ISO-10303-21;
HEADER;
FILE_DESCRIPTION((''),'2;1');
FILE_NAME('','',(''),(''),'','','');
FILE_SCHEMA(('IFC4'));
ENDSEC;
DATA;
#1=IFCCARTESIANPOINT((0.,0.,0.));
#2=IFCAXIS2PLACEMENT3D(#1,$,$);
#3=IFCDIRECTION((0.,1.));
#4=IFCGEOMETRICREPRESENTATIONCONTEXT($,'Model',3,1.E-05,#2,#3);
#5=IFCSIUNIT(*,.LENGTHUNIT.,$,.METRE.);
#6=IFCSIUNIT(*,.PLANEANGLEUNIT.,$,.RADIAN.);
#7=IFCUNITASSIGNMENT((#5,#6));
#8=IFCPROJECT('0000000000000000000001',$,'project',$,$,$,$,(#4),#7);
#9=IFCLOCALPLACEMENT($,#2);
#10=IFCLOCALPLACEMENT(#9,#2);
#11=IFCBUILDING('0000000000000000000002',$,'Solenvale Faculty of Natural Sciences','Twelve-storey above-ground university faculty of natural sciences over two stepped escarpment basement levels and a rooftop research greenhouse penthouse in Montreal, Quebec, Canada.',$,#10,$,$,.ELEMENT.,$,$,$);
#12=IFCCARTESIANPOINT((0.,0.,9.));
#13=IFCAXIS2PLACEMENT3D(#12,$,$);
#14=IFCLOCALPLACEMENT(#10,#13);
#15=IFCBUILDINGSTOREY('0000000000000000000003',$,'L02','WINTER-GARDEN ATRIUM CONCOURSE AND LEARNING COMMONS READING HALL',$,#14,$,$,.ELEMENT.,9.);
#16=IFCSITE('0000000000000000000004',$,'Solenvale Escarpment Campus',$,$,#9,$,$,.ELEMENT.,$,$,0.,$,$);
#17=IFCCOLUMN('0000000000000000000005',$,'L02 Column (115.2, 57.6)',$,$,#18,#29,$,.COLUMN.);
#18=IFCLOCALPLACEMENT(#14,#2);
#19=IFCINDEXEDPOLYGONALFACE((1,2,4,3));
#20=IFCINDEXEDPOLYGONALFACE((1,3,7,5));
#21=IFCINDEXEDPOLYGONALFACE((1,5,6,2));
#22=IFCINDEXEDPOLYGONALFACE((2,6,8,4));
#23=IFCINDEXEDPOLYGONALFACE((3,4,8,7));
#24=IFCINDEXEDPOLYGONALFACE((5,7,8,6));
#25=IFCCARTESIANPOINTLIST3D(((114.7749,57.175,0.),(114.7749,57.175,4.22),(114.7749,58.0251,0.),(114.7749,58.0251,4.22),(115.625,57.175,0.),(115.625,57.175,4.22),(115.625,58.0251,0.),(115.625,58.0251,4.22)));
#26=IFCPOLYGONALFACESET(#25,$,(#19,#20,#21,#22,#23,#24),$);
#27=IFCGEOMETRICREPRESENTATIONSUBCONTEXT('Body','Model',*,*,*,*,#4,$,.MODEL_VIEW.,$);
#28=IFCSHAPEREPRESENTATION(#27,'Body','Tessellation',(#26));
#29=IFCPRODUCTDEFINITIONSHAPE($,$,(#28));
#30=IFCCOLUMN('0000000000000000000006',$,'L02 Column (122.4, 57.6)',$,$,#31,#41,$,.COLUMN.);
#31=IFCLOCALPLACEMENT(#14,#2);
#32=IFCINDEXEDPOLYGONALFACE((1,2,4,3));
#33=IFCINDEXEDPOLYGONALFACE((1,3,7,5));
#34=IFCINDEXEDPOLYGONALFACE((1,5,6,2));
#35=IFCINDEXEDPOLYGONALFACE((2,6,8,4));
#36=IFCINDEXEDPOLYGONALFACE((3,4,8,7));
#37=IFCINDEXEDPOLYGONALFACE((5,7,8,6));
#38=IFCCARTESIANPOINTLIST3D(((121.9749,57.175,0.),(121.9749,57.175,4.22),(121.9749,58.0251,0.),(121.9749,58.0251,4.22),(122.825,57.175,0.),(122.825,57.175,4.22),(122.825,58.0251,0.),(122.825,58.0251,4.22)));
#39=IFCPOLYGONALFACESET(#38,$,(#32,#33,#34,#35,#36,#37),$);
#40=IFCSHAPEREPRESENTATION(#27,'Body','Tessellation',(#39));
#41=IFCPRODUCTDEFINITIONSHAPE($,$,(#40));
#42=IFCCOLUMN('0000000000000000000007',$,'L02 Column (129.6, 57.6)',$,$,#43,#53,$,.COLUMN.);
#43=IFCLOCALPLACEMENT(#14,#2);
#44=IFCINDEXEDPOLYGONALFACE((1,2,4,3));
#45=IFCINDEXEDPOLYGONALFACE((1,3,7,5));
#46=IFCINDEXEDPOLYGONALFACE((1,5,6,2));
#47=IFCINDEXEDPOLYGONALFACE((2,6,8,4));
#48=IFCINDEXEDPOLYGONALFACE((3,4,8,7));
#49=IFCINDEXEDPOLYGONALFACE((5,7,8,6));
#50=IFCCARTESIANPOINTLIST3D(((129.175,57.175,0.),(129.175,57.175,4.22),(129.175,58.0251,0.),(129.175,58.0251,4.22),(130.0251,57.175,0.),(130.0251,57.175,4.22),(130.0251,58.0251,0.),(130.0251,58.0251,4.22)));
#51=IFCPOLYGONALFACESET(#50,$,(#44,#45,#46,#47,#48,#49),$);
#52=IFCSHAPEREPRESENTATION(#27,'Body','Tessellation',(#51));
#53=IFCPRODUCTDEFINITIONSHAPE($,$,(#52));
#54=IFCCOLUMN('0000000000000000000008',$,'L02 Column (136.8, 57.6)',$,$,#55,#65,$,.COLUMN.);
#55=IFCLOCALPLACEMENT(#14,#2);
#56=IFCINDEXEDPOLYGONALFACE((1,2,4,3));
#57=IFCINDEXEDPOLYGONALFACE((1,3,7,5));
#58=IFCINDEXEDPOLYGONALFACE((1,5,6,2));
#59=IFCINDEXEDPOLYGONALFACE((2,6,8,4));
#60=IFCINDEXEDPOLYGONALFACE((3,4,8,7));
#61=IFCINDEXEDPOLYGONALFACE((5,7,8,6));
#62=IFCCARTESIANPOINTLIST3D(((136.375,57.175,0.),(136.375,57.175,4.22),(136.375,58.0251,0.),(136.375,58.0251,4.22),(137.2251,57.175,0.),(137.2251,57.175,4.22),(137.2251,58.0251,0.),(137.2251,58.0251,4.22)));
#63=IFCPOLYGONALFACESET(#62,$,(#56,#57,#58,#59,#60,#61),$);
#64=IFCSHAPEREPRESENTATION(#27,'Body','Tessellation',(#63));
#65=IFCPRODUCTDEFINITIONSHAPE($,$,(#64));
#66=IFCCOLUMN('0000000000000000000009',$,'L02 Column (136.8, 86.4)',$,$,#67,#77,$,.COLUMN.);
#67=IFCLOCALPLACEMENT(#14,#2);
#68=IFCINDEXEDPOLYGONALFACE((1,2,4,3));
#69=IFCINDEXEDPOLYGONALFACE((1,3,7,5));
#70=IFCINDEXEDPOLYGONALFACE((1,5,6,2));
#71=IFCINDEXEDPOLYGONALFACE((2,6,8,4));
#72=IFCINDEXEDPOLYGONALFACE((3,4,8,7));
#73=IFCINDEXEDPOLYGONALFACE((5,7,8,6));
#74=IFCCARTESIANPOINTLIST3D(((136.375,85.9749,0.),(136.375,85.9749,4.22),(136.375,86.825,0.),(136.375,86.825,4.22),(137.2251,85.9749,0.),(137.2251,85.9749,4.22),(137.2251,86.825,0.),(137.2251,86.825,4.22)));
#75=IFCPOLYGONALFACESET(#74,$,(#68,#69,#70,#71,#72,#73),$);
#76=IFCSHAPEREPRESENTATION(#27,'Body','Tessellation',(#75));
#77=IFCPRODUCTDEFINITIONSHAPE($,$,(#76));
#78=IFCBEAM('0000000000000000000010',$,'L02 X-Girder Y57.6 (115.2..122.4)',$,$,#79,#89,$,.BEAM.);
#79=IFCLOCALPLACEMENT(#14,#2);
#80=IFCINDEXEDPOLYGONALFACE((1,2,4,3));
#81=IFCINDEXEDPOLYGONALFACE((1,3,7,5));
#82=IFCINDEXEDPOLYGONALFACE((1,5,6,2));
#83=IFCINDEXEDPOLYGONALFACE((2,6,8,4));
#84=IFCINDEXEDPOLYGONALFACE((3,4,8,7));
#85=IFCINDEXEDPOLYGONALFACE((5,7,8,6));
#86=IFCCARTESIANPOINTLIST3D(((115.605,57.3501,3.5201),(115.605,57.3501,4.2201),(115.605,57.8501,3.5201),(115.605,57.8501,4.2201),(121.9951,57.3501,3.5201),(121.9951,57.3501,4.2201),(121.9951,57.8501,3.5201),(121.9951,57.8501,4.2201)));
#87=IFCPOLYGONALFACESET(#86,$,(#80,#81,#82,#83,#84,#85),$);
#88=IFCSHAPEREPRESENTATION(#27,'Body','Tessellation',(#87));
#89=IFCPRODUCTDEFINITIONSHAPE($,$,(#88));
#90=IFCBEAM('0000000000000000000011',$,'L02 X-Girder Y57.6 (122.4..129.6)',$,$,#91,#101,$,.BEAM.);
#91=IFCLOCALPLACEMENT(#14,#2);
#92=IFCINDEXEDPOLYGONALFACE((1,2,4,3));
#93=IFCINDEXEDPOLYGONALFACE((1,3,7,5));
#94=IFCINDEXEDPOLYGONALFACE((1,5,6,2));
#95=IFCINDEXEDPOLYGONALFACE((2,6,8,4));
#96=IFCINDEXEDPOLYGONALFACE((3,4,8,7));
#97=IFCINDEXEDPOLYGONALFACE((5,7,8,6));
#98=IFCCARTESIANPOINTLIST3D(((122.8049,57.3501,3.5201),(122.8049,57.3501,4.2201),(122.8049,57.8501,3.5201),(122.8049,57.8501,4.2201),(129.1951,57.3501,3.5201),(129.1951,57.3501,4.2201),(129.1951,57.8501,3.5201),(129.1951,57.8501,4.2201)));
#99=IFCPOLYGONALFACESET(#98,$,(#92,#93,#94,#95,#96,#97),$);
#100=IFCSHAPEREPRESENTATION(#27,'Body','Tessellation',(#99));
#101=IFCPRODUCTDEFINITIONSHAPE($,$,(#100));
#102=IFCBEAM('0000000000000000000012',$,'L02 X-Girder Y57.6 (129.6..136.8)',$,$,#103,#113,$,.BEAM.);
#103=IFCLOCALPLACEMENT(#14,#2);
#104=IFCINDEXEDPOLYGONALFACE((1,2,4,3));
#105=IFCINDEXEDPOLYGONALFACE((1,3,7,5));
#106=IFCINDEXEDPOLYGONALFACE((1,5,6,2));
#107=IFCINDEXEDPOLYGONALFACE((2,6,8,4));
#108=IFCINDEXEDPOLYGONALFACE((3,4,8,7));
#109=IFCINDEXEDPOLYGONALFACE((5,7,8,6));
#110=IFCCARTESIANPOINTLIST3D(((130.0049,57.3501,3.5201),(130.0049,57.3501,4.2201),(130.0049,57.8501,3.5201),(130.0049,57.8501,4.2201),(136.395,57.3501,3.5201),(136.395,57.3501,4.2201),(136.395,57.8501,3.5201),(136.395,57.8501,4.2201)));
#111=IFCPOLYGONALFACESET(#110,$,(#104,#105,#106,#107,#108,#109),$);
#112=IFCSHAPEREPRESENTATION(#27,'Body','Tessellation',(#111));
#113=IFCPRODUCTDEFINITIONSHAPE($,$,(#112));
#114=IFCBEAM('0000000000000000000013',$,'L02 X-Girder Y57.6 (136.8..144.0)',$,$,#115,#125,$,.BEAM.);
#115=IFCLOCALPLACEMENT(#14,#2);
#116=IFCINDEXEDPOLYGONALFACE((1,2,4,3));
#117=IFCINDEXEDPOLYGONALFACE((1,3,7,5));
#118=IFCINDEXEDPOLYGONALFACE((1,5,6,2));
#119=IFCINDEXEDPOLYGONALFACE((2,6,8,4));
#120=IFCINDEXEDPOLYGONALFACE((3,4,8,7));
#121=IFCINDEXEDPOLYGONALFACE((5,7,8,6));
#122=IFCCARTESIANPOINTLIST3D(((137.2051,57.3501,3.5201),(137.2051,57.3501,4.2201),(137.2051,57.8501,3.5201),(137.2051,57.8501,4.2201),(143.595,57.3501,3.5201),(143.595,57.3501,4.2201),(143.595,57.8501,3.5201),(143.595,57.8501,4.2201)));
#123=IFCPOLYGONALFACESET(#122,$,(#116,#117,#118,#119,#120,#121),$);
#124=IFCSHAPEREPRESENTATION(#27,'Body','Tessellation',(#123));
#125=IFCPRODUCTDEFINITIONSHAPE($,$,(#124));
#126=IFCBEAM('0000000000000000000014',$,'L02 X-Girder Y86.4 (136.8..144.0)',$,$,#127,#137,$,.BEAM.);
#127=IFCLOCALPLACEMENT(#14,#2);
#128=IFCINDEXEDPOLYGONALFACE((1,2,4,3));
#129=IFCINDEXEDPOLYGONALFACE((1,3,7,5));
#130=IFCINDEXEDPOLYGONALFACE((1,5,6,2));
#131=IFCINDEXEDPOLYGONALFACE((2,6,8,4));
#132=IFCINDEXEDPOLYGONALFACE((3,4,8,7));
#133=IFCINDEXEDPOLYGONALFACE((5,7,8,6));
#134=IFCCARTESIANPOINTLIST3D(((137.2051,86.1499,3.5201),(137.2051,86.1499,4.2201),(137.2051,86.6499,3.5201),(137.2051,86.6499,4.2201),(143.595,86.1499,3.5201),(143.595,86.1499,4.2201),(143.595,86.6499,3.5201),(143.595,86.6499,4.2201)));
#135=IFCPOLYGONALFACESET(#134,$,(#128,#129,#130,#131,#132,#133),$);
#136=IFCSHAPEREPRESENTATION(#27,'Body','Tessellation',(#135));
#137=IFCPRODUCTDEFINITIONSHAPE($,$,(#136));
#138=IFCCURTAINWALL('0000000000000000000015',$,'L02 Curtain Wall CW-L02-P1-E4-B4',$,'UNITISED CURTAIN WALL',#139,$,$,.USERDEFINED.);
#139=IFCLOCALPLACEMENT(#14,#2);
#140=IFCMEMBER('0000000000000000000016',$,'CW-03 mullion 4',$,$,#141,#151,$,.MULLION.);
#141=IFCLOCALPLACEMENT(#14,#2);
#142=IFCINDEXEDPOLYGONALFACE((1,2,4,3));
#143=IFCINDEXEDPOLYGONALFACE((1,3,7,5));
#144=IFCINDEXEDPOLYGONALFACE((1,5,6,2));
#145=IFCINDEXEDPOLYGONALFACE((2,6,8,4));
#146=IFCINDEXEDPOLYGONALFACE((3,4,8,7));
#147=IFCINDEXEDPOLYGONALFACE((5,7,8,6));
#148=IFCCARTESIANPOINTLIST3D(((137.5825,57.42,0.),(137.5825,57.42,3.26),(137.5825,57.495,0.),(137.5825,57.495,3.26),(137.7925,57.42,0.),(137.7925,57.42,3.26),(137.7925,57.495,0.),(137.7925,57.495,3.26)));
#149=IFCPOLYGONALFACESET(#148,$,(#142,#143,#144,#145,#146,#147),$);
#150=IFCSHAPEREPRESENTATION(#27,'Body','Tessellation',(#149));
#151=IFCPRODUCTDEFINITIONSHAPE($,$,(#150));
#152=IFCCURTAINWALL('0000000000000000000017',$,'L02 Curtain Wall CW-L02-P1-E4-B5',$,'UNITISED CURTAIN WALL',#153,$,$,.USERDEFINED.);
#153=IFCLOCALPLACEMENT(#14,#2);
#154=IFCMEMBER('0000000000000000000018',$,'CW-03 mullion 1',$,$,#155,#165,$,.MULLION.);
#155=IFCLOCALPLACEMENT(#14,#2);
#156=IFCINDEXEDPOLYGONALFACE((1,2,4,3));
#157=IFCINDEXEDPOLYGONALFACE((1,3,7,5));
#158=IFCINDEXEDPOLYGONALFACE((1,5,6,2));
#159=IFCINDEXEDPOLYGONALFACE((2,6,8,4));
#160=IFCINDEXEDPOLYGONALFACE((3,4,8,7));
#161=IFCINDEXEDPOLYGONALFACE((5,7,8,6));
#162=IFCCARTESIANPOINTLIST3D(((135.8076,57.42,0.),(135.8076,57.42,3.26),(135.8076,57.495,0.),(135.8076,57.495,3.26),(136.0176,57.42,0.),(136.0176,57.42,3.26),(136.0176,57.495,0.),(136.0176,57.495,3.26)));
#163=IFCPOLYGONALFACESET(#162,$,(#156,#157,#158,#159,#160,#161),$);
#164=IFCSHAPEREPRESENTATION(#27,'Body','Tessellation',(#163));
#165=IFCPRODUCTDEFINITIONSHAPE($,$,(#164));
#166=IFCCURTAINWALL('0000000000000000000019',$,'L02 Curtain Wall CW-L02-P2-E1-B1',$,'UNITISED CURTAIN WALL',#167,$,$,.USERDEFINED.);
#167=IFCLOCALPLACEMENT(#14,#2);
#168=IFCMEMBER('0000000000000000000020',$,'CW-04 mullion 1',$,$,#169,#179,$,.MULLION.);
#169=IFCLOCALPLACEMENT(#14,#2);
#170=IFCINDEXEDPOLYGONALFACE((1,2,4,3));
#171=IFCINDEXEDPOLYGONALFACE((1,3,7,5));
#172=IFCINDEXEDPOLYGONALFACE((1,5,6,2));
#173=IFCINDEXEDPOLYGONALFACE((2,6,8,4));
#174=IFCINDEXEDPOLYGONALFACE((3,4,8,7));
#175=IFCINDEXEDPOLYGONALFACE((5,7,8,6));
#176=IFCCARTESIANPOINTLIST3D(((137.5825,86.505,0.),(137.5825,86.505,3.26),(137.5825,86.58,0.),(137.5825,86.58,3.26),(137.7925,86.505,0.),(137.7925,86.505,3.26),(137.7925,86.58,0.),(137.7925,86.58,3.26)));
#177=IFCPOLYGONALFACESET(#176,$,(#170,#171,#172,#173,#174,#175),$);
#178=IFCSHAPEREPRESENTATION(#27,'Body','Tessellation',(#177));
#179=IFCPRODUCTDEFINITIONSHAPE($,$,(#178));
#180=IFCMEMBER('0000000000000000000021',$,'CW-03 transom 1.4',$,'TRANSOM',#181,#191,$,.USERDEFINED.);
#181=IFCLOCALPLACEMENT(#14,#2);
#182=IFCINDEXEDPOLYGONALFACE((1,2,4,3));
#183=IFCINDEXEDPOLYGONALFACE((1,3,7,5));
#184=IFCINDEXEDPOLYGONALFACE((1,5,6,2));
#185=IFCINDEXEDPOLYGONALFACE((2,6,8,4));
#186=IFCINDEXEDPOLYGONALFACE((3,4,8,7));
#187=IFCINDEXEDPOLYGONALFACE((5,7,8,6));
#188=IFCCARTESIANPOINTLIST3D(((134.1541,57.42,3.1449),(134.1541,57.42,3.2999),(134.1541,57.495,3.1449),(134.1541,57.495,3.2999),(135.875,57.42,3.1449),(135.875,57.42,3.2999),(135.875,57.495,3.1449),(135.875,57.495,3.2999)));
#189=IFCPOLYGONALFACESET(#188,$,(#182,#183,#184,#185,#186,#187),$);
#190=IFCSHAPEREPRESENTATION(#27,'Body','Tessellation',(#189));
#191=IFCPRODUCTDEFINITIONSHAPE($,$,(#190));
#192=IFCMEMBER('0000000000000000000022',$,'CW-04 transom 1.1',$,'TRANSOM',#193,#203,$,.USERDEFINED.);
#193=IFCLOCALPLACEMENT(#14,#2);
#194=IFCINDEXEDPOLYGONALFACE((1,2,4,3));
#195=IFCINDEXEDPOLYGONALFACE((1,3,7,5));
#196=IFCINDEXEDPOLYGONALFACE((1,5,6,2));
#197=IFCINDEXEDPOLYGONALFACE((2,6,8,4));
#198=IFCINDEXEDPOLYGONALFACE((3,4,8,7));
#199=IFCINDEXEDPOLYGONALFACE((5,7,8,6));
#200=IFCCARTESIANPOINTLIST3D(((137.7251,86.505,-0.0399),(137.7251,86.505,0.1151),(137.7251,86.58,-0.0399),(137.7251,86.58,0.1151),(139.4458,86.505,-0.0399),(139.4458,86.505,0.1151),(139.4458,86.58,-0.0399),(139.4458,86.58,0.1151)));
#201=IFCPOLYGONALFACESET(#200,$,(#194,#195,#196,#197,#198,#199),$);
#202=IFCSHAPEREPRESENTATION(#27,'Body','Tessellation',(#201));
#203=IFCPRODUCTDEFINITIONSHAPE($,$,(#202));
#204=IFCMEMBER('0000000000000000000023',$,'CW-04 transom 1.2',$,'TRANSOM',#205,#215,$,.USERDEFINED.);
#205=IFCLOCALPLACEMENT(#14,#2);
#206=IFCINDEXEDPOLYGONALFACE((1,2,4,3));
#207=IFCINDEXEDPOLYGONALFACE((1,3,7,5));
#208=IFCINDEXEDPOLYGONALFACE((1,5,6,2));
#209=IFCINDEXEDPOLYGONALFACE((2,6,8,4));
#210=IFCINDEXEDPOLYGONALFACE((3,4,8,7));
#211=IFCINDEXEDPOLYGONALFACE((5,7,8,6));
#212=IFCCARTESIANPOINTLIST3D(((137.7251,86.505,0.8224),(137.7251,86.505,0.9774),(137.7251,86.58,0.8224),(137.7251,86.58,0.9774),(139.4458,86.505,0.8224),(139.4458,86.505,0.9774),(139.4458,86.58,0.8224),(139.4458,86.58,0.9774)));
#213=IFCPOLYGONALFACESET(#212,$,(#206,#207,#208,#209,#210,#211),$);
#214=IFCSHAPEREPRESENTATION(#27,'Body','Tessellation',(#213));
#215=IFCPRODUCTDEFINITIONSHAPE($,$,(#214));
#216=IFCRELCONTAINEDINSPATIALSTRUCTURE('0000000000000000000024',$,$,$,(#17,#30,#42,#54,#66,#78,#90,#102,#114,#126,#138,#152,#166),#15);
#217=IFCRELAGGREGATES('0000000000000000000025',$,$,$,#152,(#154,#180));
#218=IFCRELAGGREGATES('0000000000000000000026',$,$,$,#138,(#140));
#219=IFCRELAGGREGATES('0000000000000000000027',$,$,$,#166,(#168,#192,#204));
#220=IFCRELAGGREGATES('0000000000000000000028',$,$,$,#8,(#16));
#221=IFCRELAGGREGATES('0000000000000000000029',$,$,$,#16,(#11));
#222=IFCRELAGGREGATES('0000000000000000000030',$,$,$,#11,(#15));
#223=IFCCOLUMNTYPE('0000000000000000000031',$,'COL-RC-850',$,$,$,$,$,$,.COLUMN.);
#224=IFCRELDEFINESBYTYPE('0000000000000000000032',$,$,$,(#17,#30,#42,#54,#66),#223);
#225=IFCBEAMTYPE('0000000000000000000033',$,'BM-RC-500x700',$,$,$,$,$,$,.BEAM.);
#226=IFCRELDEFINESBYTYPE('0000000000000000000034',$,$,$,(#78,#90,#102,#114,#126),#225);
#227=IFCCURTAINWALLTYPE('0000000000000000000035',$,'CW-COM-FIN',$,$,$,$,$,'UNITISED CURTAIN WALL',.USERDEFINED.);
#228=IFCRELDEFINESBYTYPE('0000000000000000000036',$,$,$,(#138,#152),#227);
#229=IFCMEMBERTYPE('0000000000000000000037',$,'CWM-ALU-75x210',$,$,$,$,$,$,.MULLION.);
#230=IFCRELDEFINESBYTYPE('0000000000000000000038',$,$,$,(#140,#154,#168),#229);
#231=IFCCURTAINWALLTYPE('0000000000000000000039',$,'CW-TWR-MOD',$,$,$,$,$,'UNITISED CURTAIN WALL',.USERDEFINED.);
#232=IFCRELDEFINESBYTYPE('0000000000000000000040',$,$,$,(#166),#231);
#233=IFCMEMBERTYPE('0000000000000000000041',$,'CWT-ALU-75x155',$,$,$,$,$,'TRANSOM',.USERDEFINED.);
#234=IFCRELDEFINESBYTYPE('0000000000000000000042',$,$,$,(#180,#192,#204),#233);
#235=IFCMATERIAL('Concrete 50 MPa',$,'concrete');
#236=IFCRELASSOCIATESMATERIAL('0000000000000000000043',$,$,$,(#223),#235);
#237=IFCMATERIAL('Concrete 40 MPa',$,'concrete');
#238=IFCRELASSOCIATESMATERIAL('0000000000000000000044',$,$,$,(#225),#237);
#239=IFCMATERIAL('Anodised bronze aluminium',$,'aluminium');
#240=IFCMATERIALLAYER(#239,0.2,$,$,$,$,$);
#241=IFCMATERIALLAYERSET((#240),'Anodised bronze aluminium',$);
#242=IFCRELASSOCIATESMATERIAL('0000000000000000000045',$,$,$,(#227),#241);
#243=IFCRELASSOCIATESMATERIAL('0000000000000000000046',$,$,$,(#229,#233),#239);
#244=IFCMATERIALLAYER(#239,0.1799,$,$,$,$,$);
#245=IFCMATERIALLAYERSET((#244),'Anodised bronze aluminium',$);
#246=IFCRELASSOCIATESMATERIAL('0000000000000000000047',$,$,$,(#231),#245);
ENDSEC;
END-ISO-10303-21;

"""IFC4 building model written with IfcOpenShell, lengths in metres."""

from ifc_helpers import new_model, si_unit, direction, frame, origin, origin_2d, place, context, subcontext, project, spatial, rectangle, extrude, material, layer, layer_set, material_profile, profile_set, type_object, element, aggregate, save


model = new_model("IFC4")

# Units and contexts
model_context = context("Model", 3, precision=1e-05, world=origin(), true_north=direction((0.0, 1.0)))
body_context = subcontext(model_context, "Body", "Model", "MODEL_VIEW")
ifc_project = project(units=[si_unit("LENGTHUNIT", "METRE"), si_unit("PLANEANGLEUNIT", "RADIAN")], contexts=[model_context])

# Site, building, storey
site_placement = place(None, origin())
site = spatial("IfcSite", under=ifc_project, at=site_placement, Name="Solenvale Escarpment Campus", CompositionType="ELEMENT", RefElevation=0.0)
building_placement = place(site_placement, origin())
building = spatial("IfcBuilding", under=site, at=building_placement, Name="Solenvale Faculty of Natural Sciences", Description="Twelve-storey above-ground university faculty of natural sciences over two stepped escarpment basement levels and a rooftop research greenhouse penthouse in Montreal, Quebec, Canada.", CompositionType="ELEMENT")
storey_placement = place(building_placement, frame((0.0, 0.0, 9.0)))
storey = spatial("IfcBuildingStorey", under=building, at=storey_placement, Name="L02", Description="WINTER-GARDEN ATRIUM CONCOURSE AND LEARNING COMMONS READING HALL", CompositionType="ELEMENT", Elevation=9.0)

# Columns
ifc_material_1 = material(Name="Concrete 50 MPa", Category="concrete")
ifc_material_profile_1 = material_profile(ifc_material_1, rectangle(XDim=0.8501, YDim=0.8501, at=origin_2d()), Name="RC-COL-850x850")
ifc_profile_set_1 = profile_set([ifc_material_profile_1], Name="Concrete 50 MPa")
column_type = type_object("IfcColumnType", Name="COL-RC-850", PredefinedType="COLUMN", material=ifc_profile_set_1)
for number, where, z_axis, x_axis, name in (
    (1, (115.2, 57.6001, 0.0), (0.0, 0.0, 1.0), (1.0, 0.0, 0.0), "L02 Column (115.2, 57.6)"),
    (2, (122.3999, 57.6001, 0.0), (0.0, 0.0, 1.0), (1.0, 0.0, 0.0), "L02 Column (122.4, 57.6)"),
    (3, (129.6001, 57.6001, 0.0), (0.0, 0.0, 1.0), (1.0, 0.0, 0.0), "L02 Column (129.6, 57.6)"),
    (4, (136.8, 57.6001, 0.0), (0.0, 0.0, 1.0), (1.0, 0.0, 0.0), "L02 Column (136.8, 57.6)"),
    (5, (136.8, 86.3999, 0.0), (0.0, 0.0, 1.0), (1.0, 0.0, 0.0), "L02 Column (136.8, 86.4)"),
):
    element("IfcColumn", number, at=place(storey_placement, frame(where, z_axis=z_axis, x_axis=x_axis)), inside=storey, type_object=column_type, Name=name, PredefinedType="COLUMN", context=body_context, shape_type="SweptSolid", body=[
        extrude(rectangle(XDim=0.8501, YDim=0.8501, at=origin_2d()), origin(), (0.0, 0.0, 1.0), 4.22),
    ])

# Beams
ifc_material_2 = material(Name="Concrete 40 MPa", Category="concrete")
ifc_material_profile_2 = material_profile(ifc_material_2, rectangle(XDim=0.5, YDim=0.7, at=origin_2d()), Name="RC-BM-500x700")
ifc_profile_set_2 = profile_set([ifc_material_profile_2], Name="Concrete 40 MPa")
beam_type = type_object("IfcBeamType", Name="BM-RC-500x700", PredefinedType="BEAM", material=ifc_profile_set_2)
for number, where, z_axis, x_axis, name in (
    (6, (115.605, 57.6001, 3.8701), (1.0, 0.0, 0.0), (0.0, 1.0, 0.0), "L02 X-Girder Y57.6 (115.2..122.4)"),
    (7, (122.8049, 57.6001, 3.8701), (1.0, 0.0, 0.0), (0.0, 1.0, 0.0), "L02 X-Girder Y57.6 (122.4..129.6)"),
    (8, (130.0049, 57.6001, 3.8701), (1.0, 0.0, 0.0), (0.0, 1.0, 0.0), "L02 X-Girder Y57.6 (129.6..136.8)"),
):
    element("IfcBeam", number, at=place(storey_placement, frame(where, z_axis=z_axis, x_axis=x_axis)), inside=storey, type_object=beam_type, Name=name, PredefinedType="BEAM", context=body_context, shape_type="SweptSolid", body=[
        extrude(rectangle(XDim=0.5, YDim=0.7, at=origin_2d()), origin(), (0.0, 0.0, 1.0), 6.3901),
    ])
for number, where, z_axis, x_axis, name in (
    (9, (137.2051, 57.6001, 3.8701), (1.0, 0.0, 0.0), (0.0, 1.0, 0.0), "L02 X-Girder Y57.6 (136.8..144.0)"),
    (10, (137.2051, 86.3999, 3.8701), (1.0, 0.0, 0.0), (0.0, 1.0, 0.0), "L02 X-Girder Y86.4 (136.8..144.0)"),
):
    element("IfcBeam", number, at=place(storey_placement, frame(where, z_axis=z_axis, x_axis=x_axis)), inside=storey, type_object=beam_type, Name=name, PredefinedType="BEAM", context=body_context, shape_type="SweptSolid", body=[
        extrude(rectangle(XDim=0.5, YDim=0.7, at=origin_2d()), origin(), (0.0, 0.0, 1.0), 6.3899),
    ])

# Curtain walls, members
ifc_material_3 = material(Name="Anodised bronze aluminium", Category="aluminium")
ifc_layer_1 = layer(ifc_material_3, 0.2)
ifc_layer_set_1 = layer_set([ifc_layer_1], Name="Anodised bronze aluminium")
curtain_wall_type_1 = type_object("IfcCurtainWallType", Name="CW-COM-FIN", ElementType="UNITISED CURTAIN WALL", PredefinedType="USERDEFINED", material=ifc_layer_set_1)
curtain_wall_1_placement = place(storey_placement, origin())
curtain_wall_1 = element("IfcCurtainWall", 11, at=curtain_wall_1_placement, inside=storey, type_object=curtain_wall_type_1, Name="L02 Curtain Wall CW-L02-P1-E4-B4", ObjectType="UNITISED CURTAIN WALL", PredefinedType="USERDEFINED")
ifc_material_profile_3 = material_profile(ifc_material_3, rectangle(XDim=0.075, YDim=0.21, at=origin_2d()), Name="ALU-MUL-75x210")
ifc_profile_set_3 = profile_set([ifc_material_profile_3], Name="Anodised bronze aluminium")
member_type_1 = type_object("IfcMemberType", Name="CWM-ALU-75x210", PredefinedType="MULLION", material=ifc_profile_set_3)
member_1_placement = place(storey_placement, frame((137.6875, 57.4575, 0.0), z_axis=(0.0, 0.0, 1.0), x_axis=(0.0, -1.0, 0.0)))
member_1 = element("IfcMember", 12, at=member_1_placement, type_object=member_type_1, Name="CW-03 mullion 4", PredefinedType="MULLION", context=body_context, shape_type="SweptSolid", body=[
    extrude(rectangle(XDim=0.075, YDim=0.21, at=origin_2d()), origin(), (0.0, 0.0, 1.0), 3.26),
])
curtain_wall_2_placement = place(storey_placement, origin())
curtain_wall_2 = element("IfcCurtainWall", 13, at=curtain_wall_2_placement, inside=storey, type_object=curtain_wall_type_1, Name="L02 Curtain Wall CW-L02-P1-E4-B5", ObjectType="UNITISED CURTAIN WALL", PredefinedType="USERDEFINED")
member_2_placement = place(storey_placement, frame((135.9126, 57.4575, 0.0), z_axis=(0.0, 0.0, 1.0), x_axis=(0.0, -1.0, 0.0)))
member_2 = element("IfcMember", 14, at=member_2_placement, type_object=member_type_1, Name="CW-03 mullion 1", PredefinedType="MULLION", context=body_context, shape_type="SweptSolid", body=[
    extrude(rectangle(XDim=0.075, YDim=0.21, at=origin_2d()), origin(), (0.0, 0.0, 1.0), 3.26),
])
ifc_layer_2 = layer(ifc_material_3, 0.1799)
ifc_layer_set_2 = layer_set([ifc_layer_2], Name="Anodised bronze aluminium")
curtain_wall_type_2 = type_object("IfcCurtainWallType", Name="CW-TWR-MOD", ElementType="UNITISED CURTAIN WALL", PredefinedType="USERDEFINED", material=ifc_layer_set_2)
curtain_wall_3_placement = place(storey_placement, origin())
curtain_wall_3 = element("IfcCurtainWall", 15, at=curtain_wall_3_placement, inside=storey, type_object=curtain_wall_type_2, Name="L02 Curtain Wall CW-L02-P2-E1-B1", ObjectType="UNITISED CURTAIN WALL", PredefinedType="USERDEFINED")
member_3_placement = place(storey_placement, frame((137.6875, 86.5425, 0.0), z_axis=(0.0, 0.0, 1.0), x_axis=(0.0, 1.0, 0.0)))
member_3 = element("IfcMember", 16, at=member_3_placement, type_object=member_type_1, Name="CW-04 mullion 1", PredefinedType="MULLION", context=body_context, shape_type="SweptSolid", body=[
    extrude(rectangle(XDim=0.075, YDim=0.21, at=origin_2d()), origin(), (0.0, 0.0, 1.0), 3.26),
])

# Members
ifc_material_profile_4 = material_profile(ifc_material_3, rectangle(XDim=0.075, YDim=0.155, at=origin_2d()), Name="ALU-TRN-75x155")
ifc_profile_set_4 = profile_set([ifc_material_profile_4], Name="Anodised bronze aluminium")
member_type_2 = type_object("IfcMemberType", Name="CWT-ALU-75x155", ElementType="TRANSOM", PredefinedType="USERDEFINED", material=ifc_profile_set_4)
member_4_placement = place(storey_placement, frame((135.875, 57.4575, 3.2224), z_axis=(-1.0, 0.0, 0.0), x_axis=(0.0, -1.0, 0.0)))
member_4 = element("IfcMember", 17, at=member_4_placement, type_object=member_type_2, Name="CW-03 transom 1.4", ObjectType="TRANSOM", PredefinedType="USERDEFINED", context=body_context, shape_type="SweptSolid", body=[
    extrude(rectangle(XDim=0.075, YDim=0.155, at=origin_2d()), origin(), (0.0, 0.0, 1.0), 1.7209),
])
aggregate(curtain_wall_2, [member_2, member_4])
member_5_placement = place(storey_placement, frame((137.7251, 86.5425, 0.0376), z_axis=(1.0, 0.0, 0.0), x_axis=(0.0, 1.0, 0.0)))
member_5 = element("IfcMember", 18, at=member_5_placement, type_object=member_type_2, Name="CW-04 transom 1.1", ObjectType="TRANSOM", PredefinedType="USERDEFINED", context=body_context, shape_type="SweptSolid", body=[
    extrude(rectangle(XDim=0.075, YDim=0.155, at=origin_2d()), origin(), (0.0, 0.0, 1.0), 1.7207),
])
member_6_placement = place(storey_placement, frame((137.7251, 86.5425, 0.8999), z_axis=(1.0, 0.0, 0.0), x_axis=(0.0, 1.0, 0.0)))
member_6 = element("IfcMember", 19, at=member_6_placement, type_object=member_type_2, Name="CW-04 transom 1.2", ObjectType="TRANSOM", PredefinedType="USERDEFINED", context=body_context, shape_type="SweptSolid", body=[
    extrude(rectangle(XDim=0.075, YDim=0.155, at=origin_2d()), origin(), (0.0, 0.0, 1.0), 1.7207),
])

aggregate(curtain_wall_1, [member_1])
aggregate(curtain_wall_3, [member_3, member_5, member_6])

save(model, "model.ifc")
